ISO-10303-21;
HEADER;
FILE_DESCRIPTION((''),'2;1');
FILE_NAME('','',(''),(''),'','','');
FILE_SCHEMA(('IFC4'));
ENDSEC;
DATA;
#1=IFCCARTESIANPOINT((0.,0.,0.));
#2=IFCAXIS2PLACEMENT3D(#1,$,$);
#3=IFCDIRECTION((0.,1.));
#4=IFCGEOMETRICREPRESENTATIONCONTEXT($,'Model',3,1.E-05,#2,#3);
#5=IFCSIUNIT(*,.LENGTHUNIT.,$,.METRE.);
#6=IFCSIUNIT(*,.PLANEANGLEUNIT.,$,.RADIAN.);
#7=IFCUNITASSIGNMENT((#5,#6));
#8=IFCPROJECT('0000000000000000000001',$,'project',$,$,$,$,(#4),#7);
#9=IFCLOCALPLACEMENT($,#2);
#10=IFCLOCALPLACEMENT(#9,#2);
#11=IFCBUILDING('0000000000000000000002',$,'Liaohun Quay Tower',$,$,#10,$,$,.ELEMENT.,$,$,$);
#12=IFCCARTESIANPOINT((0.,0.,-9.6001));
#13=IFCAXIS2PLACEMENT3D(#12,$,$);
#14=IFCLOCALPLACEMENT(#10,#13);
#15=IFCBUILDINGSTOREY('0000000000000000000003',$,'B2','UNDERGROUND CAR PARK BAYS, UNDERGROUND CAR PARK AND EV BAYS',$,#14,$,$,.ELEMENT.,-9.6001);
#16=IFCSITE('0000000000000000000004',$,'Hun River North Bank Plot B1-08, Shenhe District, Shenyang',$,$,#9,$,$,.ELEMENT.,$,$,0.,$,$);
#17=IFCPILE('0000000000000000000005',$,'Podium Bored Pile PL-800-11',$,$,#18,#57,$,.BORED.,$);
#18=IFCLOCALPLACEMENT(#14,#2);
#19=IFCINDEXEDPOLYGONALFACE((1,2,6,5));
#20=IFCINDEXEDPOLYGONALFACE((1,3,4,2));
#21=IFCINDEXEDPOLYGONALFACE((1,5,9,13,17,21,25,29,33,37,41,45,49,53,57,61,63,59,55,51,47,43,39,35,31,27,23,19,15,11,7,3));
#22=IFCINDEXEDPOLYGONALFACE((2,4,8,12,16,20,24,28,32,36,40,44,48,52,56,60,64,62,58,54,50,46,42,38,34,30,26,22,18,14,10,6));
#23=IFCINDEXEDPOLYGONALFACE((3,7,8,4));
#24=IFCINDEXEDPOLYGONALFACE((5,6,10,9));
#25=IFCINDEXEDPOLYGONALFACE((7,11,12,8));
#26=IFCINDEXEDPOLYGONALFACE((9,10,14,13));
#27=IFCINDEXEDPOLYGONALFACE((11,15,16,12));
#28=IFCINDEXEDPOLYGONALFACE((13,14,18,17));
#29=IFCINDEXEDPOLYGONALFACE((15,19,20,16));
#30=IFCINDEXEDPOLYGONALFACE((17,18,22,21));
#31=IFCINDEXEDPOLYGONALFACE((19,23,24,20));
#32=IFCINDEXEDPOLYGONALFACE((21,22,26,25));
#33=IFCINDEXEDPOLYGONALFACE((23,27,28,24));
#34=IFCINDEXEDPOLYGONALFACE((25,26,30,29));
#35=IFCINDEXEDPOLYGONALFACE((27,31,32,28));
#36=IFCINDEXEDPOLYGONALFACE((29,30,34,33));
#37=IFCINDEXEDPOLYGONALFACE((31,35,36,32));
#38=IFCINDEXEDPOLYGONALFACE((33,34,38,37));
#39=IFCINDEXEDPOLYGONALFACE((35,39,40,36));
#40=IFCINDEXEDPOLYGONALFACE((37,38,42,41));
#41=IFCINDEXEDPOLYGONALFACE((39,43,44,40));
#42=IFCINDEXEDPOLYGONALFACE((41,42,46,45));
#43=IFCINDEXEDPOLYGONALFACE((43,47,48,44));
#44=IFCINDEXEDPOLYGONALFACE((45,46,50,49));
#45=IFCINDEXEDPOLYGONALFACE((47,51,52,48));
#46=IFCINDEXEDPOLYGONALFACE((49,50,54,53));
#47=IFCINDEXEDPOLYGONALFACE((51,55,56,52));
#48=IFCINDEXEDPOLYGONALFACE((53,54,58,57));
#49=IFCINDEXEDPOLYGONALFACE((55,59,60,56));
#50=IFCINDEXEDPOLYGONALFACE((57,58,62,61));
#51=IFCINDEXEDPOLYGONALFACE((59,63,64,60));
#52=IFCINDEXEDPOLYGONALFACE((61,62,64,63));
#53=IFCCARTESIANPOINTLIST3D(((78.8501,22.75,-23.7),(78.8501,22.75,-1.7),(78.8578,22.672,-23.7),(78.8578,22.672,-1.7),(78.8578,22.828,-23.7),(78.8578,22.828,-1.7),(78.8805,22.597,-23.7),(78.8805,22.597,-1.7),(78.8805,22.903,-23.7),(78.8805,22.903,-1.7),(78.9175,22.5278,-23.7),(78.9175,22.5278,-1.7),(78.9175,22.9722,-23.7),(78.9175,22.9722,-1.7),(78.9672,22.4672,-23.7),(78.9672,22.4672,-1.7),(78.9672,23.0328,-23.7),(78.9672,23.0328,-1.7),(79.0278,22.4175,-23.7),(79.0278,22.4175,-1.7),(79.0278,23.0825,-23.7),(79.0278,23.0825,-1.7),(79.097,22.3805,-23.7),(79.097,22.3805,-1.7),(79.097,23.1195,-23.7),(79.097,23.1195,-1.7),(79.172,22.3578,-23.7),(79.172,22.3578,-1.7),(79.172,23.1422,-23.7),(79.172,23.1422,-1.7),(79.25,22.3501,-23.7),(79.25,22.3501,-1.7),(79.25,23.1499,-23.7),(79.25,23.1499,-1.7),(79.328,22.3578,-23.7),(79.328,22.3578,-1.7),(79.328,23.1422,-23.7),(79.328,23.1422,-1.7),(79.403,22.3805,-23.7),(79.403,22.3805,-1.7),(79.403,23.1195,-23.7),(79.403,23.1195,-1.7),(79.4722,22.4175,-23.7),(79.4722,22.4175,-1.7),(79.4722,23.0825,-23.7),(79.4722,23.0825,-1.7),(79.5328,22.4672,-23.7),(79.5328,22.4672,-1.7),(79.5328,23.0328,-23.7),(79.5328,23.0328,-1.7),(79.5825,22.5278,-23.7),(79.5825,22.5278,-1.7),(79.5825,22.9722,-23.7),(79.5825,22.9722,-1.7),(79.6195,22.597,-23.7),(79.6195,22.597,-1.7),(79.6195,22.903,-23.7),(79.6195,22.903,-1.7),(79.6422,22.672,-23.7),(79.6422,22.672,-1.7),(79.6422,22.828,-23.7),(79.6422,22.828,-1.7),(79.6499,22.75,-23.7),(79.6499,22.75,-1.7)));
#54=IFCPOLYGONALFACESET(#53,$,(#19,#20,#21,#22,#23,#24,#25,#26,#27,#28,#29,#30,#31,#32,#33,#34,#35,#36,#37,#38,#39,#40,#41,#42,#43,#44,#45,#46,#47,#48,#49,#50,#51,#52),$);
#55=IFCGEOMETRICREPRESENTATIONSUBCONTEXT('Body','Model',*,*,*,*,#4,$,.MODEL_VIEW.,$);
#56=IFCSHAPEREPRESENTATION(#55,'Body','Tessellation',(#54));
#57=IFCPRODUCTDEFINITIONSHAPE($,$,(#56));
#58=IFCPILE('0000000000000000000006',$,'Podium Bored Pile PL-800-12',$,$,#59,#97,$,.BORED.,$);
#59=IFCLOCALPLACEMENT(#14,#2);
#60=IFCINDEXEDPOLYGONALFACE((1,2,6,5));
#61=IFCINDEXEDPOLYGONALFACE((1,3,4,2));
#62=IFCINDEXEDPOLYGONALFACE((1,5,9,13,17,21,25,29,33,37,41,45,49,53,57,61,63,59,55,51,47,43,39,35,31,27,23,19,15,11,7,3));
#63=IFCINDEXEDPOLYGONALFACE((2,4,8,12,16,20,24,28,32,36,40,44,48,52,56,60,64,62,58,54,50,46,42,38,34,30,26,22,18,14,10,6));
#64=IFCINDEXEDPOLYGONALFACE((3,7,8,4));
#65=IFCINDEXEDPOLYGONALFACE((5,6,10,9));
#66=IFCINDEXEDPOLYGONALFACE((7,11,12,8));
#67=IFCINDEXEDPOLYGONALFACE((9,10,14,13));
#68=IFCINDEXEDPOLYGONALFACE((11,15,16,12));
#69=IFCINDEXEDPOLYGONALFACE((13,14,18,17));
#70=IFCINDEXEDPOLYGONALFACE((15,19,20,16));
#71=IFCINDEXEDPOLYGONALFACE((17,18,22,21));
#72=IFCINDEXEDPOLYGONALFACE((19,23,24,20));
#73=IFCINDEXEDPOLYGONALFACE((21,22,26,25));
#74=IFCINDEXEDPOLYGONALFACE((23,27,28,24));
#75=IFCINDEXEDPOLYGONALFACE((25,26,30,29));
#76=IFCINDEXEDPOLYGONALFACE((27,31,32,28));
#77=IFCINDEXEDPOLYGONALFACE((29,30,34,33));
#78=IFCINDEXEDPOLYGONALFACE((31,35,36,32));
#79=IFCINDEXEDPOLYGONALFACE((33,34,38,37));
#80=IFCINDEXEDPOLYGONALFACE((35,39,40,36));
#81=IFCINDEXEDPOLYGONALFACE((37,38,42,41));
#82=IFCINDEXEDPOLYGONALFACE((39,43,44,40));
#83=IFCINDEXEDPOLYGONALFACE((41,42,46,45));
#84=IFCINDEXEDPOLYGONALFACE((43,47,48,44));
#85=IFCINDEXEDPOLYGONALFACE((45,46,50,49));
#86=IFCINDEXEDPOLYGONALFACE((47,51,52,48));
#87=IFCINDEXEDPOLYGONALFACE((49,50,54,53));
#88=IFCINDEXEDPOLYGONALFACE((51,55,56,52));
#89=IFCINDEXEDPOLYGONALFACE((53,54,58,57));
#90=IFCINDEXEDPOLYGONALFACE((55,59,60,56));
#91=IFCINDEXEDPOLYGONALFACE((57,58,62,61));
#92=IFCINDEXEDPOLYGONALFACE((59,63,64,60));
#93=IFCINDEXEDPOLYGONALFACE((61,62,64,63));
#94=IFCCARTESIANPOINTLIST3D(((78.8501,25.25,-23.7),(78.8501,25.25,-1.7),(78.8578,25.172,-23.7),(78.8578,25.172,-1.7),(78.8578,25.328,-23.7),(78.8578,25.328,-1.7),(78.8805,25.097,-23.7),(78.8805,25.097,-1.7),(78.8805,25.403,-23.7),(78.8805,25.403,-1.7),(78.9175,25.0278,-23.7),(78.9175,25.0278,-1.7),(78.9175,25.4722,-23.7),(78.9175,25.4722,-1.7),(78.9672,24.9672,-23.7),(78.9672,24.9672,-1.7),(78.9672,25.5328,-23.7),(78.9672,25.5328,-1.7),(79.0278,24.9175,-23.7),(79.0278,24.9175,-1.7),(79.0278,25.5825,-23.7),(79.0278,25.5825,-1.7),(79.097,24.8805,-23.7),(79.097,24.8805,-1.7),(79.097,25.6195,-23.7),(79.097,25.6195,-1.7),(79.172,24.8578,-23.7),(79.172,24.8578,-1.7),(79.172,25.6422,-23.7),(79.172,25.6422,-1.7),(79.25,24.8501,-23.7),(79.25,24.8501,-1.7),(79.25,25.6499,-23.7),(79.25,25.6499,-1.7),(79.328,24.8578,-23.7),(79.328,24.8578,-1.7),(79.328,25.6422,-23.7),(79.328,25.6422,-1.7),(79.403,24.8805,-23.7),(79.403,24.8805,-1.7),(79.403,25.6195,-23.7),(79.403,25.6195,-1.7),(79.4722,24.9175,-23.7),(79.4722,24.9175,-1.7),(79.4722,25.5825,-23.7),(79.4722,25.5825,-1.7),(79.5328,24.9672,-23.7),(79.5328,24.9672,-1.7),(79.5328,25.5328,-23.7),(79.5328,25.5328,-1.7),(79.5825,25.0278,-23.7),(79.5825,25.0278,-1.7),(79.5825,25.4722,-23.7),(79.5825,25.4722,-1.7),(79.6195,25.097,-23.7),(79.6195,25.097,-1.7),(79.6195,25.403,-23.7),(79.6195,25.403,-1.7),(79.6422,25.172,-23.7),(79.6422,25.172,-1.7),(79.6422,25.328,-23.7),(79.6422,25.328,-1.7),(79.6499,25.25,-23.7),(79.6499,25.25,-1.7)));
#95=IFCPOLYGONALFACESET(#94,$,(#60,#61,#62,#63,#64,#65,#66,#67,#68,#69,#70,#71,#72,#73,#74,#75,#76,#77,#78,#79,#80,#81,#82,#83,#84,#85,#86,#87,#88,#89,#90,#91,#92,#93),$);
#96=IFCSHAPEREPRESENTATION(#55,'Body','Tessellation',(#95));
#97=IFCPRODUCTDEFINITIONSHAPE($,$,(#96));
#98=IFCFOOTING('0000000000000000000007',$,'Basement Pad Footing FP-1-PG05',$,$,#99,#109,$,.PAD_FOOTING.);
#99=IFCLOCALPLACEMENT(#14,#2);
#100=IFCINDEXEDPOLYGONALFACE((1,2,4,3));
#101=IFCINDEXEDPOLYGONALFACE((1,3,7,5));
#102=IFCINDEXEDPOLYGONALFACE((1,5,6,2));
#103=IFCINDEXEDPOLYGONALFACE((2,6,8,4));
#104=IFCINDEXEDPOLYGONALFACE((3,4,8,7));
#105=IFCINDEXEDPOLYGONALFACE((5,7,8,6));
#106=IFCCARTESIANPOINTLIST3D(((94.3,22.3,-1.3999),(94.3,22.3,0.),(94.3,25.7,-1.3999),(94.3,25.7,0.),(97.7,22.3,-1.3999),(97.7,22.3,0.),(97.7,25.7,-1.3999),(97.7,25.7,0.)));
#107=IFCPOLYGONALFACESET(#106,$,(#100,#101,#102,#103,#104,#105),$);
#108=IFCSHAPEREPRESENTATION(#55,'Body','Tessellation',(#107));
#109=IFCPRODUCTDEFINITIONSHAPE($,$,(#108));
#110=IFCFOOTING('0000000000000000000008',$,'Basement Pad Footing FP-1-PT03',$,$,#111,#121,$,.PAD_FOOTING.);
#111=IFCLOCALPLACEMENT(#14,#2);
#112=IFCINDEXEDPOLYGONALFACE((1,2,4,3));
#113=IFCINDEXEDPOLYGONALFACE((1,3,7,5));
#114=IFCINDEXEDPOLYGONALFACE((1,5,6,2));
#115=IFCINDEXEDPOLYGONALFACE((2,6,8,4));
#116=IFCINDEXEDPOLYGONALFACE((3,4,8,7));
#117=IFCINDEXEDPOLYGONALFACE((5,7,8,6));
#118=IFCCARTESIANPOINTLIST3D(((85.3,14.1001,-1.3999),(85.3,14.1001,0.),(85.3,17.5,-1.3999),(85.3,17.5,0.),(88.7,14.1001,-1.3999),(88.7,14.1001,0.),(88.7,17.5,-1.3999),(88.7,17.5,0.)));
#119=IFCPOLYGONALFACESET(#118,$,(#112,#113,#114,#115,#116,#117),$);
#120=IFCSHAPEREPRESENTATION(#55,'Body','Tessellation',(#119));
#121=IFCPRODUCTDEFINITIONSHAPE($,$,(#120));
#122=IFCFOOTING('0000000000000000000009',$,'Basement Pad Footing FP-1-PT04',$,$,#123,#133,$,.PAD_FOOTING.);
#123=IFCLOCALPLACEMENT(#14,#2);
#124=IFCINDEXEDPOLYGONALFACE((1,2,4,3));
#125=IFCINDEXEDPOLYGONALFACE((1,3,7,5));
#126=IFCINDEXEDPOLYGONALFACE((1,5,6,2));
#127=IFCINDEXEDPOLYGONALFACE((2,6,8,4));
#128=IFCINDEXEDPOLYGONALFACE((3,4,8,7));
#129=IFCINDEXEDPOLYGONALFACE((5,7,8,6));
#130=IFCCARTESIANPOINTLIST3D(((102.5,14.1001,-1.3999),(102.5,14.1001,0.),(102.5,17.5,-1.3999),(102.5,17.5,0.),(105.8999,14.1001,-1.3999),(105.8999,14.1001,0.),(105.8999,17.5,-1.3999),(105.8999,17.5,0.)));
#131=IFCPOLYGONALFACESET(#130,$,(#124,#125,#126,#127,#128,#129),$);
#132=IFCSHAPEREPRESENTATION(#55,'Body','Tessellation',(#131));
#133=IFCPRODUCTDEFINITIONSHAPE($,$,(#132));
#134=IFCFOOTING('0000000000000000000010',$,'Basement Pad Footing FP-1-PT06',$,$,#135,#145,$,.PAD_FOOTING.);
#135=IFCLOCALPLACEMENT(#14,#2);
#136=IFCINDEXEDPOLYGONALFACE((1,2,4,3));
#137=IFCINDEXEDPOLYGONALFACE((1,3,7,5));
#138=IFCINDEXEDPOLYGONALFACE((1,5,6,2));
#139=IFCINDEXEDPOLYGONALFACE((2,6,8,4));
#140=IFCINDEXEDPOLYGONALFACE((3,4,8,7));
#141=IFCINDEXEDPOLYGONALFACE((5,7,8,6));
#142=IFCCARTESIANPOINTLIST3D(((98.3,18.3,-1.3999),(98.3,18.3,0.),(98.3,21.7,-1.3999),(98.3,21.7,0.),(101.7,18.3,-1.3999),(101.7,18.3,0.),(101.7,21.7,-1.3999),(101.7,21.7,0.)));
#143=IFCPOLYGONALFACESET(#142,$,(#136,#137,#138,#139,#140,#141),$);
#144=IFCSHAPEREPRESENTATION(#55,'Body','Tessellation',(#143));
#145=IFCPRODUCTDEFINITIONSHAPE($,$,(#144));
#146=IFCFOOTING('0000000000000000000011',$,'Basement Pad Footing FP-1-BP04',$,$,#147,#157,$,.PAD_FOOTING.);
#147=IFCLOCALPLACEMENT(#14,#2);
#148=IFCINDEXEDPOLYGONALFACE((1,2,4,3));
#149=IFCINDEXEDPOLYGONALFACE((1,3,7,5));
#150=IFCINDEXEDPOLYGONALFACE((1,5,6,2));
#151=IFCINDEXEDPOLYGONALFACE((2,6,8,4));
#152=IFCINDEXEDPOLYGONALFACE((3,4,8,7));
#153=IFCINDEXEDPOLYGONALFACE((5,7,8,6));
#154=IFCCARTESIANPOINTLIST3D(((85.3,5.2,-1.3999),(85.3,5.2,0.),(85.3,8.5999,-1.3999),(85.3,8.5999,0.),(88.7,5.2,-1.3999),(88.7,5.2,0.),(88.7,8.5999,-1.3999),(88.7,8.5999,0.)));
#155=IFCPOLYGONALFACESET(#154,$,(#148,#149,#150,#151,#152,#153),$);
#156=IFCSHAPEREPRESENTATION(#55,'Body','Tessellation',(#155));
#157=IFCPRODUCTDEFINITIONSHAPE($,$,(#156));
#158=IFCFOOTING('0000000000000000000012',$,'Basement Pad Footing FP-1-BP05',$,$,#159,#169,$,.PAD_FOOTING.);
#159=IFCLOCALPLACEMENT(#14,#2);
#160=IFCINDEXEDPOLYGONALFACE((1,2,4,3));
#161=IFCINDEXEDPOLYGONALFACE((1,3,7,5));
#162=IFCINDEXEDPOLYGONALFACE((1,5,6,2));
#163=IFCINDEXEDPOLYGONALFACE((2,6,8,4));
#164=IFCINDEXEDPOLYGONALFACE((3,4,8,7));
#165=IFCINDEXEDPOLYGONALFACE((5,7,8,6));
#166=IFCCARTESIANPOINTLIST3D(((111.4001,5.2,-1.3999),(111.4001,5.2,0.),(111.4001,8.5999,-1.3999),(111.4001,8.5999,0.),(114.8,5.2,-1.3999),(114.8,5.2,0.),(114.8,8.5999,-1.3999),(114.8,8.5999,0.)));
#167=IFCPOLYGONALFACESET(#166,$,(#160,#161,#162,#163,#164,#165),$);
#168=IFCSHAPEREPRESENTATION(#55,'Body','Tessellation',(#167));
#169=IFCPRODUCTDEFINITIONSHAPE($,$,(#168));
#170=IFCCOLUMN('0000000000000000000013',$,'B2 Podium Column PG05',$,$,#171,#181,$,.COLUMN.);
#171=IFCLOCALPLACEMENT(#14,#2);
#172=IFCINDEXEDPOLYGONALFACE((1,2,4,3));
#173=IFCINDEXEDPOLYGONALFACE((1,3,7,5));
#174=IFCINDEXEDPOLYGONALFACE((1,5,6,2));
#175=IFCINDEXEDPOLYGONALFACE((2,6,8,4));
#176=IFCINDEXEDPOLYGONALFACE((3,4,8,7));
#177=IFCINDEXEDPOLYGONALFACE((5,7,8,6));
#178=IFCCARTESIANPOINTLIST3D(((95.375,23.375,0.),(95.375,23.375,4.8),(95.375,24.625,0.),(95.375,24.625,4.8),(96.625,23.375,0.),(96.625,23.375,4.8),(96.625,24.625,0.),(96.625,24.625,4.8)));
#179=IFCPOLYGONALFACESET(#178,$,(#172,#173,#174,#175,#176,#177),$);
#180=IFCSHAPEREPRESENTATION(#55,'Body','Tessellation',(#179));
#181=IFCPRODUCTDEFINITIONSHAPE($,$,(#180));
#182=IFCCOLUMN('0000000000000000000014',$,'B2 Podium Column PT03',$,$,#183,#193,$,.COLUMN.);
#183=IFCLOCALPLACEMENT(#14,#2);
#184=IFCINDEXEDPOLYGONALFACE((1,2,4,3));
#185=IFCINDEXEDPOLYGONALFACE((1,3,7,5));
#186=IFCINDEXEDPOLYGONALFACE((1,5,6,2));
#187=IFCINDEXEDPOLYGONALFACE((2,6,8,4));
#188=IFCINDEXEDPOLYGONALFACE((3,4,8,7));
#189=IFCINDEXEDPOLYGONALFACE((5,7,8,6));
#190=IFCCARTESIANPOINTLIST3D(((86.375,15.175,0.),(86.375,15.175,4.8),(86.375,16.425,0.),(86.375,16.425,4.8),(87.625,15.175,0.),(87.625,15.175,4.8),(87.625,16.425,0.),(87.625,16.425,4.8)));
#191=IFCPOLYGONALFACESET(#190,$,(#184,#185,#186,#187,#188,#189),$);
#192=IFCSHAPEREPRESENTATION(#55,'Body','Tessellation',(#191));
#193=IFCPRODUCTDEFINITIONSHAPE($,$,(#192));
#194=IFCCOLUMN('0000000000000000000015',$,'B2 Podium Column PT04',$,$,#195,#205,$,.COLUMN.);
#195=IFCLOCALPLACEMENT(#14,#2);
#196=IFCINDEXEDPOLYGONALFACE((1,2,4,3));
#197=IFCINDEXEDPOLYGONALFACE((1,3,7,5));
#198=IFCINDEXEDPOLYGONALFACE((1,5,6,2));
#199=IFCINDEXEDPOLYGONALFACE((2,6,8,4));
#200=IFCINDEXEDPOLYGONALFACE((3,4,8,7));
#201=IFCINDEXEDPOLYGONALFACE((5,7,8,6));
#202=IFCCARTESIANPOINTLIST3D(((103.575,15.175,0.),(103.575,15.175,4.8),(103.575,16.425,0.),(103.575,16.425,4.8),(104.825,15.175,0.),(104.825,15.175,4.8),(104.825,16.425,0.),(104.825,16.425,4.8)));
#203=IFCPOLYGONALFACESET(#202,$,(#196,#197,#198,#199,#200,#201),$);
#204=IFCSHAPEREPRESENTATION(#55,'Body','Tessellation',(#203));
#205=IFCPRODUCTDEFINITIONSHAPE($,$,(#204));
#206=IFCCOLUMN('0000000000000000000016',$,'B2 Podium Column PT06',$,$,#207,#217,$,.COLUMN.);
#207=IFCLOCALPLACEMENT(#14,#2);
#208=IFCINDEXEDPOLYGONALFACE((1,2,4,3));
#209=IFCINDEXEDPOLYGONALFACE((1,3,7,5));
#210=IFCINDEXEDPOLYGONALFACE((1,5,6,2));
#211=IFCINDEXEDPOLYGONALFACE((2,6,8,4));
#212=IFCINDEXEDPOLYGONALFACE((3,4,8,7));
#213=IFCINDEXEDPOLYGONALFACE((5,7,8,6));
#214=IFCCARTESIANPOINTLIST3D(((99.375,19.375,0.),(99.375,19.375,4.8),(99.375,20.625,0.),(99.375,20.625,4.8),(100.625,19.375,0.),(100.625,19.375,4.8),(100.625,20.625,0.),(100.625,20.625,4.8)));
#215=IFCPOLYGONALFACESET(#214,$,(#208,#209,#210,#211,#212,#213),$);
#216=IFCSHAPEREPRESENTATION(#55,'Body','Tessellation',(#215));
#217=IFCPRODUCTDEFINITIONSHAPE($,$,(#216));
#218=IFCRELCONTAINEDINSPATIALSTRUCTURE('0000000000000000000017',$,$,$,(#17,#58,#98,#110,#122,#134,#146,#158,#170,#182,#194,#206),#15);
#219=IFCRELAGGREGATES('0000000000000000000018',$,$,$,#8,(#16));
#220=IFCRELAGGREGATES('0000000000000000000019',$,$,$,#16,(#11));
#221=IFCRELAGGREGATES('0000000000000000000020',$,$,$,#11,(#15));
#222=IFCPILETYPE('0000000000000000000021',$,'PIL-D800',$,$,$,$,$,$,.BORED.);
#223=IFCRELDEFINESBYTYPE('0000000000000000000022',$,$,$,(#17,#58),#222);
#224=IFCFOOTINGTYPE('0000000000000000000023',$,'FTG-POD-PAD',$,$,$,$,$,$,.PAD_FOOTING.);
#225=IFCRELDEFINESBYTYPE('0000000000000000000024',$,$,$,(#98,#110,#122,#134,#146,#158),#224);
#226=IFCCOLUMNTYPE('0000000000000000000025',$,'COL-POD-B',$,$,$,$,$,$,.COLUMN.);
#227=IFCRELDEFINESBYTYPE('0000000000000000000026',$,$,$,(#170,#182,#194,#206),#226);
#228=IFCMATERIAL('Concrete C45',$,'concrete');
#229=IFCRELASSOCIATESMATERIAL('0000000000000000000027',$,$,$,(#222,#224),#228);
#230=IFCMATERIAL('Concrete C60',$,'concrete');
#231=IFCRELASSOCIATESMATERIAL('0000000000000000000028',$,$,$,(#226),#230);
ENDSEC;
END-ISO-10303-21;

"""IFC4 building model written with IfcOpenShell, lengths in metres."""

from ifc_helpers import new_model, si_unit, direction, frame, origin, origin_2d, place, context, subcontext, project, spatial, rectangle, circle, extrude, source, transform, mapped, material, material_profile, profile_set, type_object, element, save


model = new_model("IFC4")

# Units and contexts
model_context = context("Model", 3, precision=1e-05, world=origin(), true_north=direction((0.0, 1.0)))
body_context = subcontext(model_context, "Body", "Model", "MODEL_VIEW")
ifc_project = project(units=[si_unit("LENGTHUNIT", "METRE"), si_unit("PLANEANGLEUNIT", "RADIAN")], contexts=[model_context])

# Site, building, storey
site_placement = place(None, origin())
site = spatial("IfcSite", under=ifc_project, at=site_placement, Name="Hun River North Bank Plot B1-08, Shenhe District, Shenyang", CompositionType="ELEMENT", RefElevation=0.0)
building_placement = place(site_placement, origin())
building = spatial("IfcBuilding", under=site, at=building_placement, Name="Liaohun Quay Tower", CompositionType="ELEMENT")
storey_placement = place(building_placement, frame((0.0, 0.0, -9.6001)))
storey = spatial("IfcBuildingStorey", under=building, at=storey_placement, Name="B2", Description="UNDERGROUND CAR PARK BAYS, UNDERGROUND CAR PARK AND EV BAYS", CompositionType="ELEMENT", Elevation=-9.6001)

# Piles
ifc_material_1 = material(Name="Concrete C45", Category="concrete")
ifc_material_profile_1 = material_profile(ifc_material_1, circle(Radius=0.3999, at=origin_2d()), Name="PILE-D800")
ifc_profile_set_1 = profile_set([ifc_material_profile_1], Name="Concrete C45")
pile_type = type_object("IfcPileType", Name="PIL-D800", PredefinedType="BORED", material=ifc_profile_set_1)
shared_shape_1 = source(origin(), body_context, "Body", "SweptSolid", [
    extrude(circle(Radius=0.3999, at=origin_2d()), origin(), (0.0, 0.0, 1.0), 22.0),
])
for number, where, z_axis, x_axis, name in (
    (1, (79.25, 22.75, -1.7), (0.0, 0.0, -1.0), (1.0, 0.0, 0.0), "Podium Bored Pile PL-800-11"),
    (2, (79.25, 25.25, -1.7), (0.0, 0.0, -1.0), (1.0, 0.0, 0.0), "Podium Bored Pile PL-800-12"),
):
    element("IfcPile", number, at=place(storey_placement, frame(where, z_axis=z_axis, x_axis=x_axis)), inside=storey, type_object=pile_type, Name=name, PredefinedType="BORED", context=body_context, shape_type="MappedRepresentation", body=[
        mapped(shared_shape_1, transform((0.0, 0.0, 0.0), x_axis=(1.0, 0.0, 0.0), y_axis=(0.0, 1.0, 0.0), z_axis=(0.0, 0.0, 1.0), scale=1.0)),
    ])

# Footings
footing_type = type_object("IfcFootingType", Name="FTG-POD-PAD", PredefinedType="PAD_FOOTING", material=ifc_material_1)
shared_shape_2 = source(origin(), body_context, "Body", "SweptSolid", [
    extrude(rectangle(XDim=3.3999, YDim=3.3999, at=origin_2d()), origin(), (0.0, 0.0, 1.0), 1.3999),
])
for number, where, z_axis, x_axis, name in (
    (3, (96.0, 24.0, -1.3999), (0.0, 0.0, 1.0), (1.0, 0.0, 0.0), "Basement Pad Footing FP-1-PG05"),
    (4, (87.0, 15.8, -1.3999), (0.0, 0.0, 1.0), (1.0, 0.0, 0.0), "Basement Pad Footing FP-1-PT03"),
    (5, (104.2, 15.8, -1.3999), (0.0, 0.0, 1.0), (1.0, 0.0, 0.0), "Basement Pad Footing FP-1-PT04"),
    (6, (100.0, 20.0, -1.3999), (0.0, 0.0, 1.0), (1.0, 0.0, 0.0), "Basement Pad Footing FP-1-PT06"),
    (7, (87.0, 6.8999, -1.3999), (0.0, 0.0, 1.0), (1.0, 0.0, 0.0), "Basement Pad Footing FP-1-BP04"),
    (8, (113.1001, 6.8999, -1.3999), (0.0, 0.0, 1.0), (1.0, 0.0, 0.0), "Basement Pad Footing FP-1-BP05"),
):
    element("IfcFooting", number, at=place(storey_placement, frame(where, z_axis=z_axis, x_axis=x_axis)), inside=storey, type_object=footing_type, Name=name, PredefinedType="PAD_FOOTING", context=body_context, shape_type="MappedRepresentation", body=[
        mapped(shared_shape_2, transform((0.0, 0.0, 0.0), x_axis=(1.0, 0.0, 0.0), y_axis=(0.0, 1.0, 0.0), z_axis=(0.0, 0.0, 1.0), scale=1.0)),
    ])

# Columns
ifc_material_2 = material(Name="Concrete C60", Category="concrete")
ifc_material_profile_2 = material_profile(ifc_material_2, rectangle(XDim=1.25, YDim=1.25, at=origin_2d()), Name="RC1250x1250")
ifc_profile_set_2 = profile_set([ifc_material_profile_2], Name="Concrete C60")
column_type = type_object("IfcColumnType", Name="COL-POD-B", PredefinedType="COLUMN", material=ifc_profile_set_2)
shared_shape_3 = source(origin(), body_context, "Body", "SweptSolid", [
    extrude(rectangle(XDim=1.25, YDim=1.25, at=origin_2d()), origin(), (0.0, 0.0, 1.0), 4.8),
])
for number, where, z_axis, x_axis, name in (
    (9, (96.0, 24.0, 0.0), (0.0, 0.0, 1.0), (1.0, 0.0, 0.0), "B2 Podium Column PG05"),
    (10, (87.0, 15.8, 0.0), (0.0, 0.0, 1.0), (1.0, 0.0, 0.0), "B2 Podium Column PT03"),
    (11, (104.2, 15.8, 0.0), (0.0, 0.0, 1.0), (1.0, 0.0, 0.0), "B2 Podium Column PT04"),
    (12, (100.0, 20.0, 0.0), (0.0, 0.0, 1.0), (1.0, 0.0, 0.0), "B2 Podium Column PT06"),
):
    element("IfcColumn", number, at=place(storey_placement, frame(where, z_axis=z_axis, x_axis=x_axis)), inside=storey, type_object=column_type, Name=name, PredefinedType="COLUMN", context=body_context, shape_type="MappedRepresentation", body=[
        mapped(shared_shape_3, transform((0.0, 0.0, 0.0), x_axis=(1.0, 0.0, 0.0), y_axis=(0.0, 1.0, 0.0), z_axis=(0.0, 0.0, 1.0), scale=1.0)),
    ])

save(model, "model.ifc")
